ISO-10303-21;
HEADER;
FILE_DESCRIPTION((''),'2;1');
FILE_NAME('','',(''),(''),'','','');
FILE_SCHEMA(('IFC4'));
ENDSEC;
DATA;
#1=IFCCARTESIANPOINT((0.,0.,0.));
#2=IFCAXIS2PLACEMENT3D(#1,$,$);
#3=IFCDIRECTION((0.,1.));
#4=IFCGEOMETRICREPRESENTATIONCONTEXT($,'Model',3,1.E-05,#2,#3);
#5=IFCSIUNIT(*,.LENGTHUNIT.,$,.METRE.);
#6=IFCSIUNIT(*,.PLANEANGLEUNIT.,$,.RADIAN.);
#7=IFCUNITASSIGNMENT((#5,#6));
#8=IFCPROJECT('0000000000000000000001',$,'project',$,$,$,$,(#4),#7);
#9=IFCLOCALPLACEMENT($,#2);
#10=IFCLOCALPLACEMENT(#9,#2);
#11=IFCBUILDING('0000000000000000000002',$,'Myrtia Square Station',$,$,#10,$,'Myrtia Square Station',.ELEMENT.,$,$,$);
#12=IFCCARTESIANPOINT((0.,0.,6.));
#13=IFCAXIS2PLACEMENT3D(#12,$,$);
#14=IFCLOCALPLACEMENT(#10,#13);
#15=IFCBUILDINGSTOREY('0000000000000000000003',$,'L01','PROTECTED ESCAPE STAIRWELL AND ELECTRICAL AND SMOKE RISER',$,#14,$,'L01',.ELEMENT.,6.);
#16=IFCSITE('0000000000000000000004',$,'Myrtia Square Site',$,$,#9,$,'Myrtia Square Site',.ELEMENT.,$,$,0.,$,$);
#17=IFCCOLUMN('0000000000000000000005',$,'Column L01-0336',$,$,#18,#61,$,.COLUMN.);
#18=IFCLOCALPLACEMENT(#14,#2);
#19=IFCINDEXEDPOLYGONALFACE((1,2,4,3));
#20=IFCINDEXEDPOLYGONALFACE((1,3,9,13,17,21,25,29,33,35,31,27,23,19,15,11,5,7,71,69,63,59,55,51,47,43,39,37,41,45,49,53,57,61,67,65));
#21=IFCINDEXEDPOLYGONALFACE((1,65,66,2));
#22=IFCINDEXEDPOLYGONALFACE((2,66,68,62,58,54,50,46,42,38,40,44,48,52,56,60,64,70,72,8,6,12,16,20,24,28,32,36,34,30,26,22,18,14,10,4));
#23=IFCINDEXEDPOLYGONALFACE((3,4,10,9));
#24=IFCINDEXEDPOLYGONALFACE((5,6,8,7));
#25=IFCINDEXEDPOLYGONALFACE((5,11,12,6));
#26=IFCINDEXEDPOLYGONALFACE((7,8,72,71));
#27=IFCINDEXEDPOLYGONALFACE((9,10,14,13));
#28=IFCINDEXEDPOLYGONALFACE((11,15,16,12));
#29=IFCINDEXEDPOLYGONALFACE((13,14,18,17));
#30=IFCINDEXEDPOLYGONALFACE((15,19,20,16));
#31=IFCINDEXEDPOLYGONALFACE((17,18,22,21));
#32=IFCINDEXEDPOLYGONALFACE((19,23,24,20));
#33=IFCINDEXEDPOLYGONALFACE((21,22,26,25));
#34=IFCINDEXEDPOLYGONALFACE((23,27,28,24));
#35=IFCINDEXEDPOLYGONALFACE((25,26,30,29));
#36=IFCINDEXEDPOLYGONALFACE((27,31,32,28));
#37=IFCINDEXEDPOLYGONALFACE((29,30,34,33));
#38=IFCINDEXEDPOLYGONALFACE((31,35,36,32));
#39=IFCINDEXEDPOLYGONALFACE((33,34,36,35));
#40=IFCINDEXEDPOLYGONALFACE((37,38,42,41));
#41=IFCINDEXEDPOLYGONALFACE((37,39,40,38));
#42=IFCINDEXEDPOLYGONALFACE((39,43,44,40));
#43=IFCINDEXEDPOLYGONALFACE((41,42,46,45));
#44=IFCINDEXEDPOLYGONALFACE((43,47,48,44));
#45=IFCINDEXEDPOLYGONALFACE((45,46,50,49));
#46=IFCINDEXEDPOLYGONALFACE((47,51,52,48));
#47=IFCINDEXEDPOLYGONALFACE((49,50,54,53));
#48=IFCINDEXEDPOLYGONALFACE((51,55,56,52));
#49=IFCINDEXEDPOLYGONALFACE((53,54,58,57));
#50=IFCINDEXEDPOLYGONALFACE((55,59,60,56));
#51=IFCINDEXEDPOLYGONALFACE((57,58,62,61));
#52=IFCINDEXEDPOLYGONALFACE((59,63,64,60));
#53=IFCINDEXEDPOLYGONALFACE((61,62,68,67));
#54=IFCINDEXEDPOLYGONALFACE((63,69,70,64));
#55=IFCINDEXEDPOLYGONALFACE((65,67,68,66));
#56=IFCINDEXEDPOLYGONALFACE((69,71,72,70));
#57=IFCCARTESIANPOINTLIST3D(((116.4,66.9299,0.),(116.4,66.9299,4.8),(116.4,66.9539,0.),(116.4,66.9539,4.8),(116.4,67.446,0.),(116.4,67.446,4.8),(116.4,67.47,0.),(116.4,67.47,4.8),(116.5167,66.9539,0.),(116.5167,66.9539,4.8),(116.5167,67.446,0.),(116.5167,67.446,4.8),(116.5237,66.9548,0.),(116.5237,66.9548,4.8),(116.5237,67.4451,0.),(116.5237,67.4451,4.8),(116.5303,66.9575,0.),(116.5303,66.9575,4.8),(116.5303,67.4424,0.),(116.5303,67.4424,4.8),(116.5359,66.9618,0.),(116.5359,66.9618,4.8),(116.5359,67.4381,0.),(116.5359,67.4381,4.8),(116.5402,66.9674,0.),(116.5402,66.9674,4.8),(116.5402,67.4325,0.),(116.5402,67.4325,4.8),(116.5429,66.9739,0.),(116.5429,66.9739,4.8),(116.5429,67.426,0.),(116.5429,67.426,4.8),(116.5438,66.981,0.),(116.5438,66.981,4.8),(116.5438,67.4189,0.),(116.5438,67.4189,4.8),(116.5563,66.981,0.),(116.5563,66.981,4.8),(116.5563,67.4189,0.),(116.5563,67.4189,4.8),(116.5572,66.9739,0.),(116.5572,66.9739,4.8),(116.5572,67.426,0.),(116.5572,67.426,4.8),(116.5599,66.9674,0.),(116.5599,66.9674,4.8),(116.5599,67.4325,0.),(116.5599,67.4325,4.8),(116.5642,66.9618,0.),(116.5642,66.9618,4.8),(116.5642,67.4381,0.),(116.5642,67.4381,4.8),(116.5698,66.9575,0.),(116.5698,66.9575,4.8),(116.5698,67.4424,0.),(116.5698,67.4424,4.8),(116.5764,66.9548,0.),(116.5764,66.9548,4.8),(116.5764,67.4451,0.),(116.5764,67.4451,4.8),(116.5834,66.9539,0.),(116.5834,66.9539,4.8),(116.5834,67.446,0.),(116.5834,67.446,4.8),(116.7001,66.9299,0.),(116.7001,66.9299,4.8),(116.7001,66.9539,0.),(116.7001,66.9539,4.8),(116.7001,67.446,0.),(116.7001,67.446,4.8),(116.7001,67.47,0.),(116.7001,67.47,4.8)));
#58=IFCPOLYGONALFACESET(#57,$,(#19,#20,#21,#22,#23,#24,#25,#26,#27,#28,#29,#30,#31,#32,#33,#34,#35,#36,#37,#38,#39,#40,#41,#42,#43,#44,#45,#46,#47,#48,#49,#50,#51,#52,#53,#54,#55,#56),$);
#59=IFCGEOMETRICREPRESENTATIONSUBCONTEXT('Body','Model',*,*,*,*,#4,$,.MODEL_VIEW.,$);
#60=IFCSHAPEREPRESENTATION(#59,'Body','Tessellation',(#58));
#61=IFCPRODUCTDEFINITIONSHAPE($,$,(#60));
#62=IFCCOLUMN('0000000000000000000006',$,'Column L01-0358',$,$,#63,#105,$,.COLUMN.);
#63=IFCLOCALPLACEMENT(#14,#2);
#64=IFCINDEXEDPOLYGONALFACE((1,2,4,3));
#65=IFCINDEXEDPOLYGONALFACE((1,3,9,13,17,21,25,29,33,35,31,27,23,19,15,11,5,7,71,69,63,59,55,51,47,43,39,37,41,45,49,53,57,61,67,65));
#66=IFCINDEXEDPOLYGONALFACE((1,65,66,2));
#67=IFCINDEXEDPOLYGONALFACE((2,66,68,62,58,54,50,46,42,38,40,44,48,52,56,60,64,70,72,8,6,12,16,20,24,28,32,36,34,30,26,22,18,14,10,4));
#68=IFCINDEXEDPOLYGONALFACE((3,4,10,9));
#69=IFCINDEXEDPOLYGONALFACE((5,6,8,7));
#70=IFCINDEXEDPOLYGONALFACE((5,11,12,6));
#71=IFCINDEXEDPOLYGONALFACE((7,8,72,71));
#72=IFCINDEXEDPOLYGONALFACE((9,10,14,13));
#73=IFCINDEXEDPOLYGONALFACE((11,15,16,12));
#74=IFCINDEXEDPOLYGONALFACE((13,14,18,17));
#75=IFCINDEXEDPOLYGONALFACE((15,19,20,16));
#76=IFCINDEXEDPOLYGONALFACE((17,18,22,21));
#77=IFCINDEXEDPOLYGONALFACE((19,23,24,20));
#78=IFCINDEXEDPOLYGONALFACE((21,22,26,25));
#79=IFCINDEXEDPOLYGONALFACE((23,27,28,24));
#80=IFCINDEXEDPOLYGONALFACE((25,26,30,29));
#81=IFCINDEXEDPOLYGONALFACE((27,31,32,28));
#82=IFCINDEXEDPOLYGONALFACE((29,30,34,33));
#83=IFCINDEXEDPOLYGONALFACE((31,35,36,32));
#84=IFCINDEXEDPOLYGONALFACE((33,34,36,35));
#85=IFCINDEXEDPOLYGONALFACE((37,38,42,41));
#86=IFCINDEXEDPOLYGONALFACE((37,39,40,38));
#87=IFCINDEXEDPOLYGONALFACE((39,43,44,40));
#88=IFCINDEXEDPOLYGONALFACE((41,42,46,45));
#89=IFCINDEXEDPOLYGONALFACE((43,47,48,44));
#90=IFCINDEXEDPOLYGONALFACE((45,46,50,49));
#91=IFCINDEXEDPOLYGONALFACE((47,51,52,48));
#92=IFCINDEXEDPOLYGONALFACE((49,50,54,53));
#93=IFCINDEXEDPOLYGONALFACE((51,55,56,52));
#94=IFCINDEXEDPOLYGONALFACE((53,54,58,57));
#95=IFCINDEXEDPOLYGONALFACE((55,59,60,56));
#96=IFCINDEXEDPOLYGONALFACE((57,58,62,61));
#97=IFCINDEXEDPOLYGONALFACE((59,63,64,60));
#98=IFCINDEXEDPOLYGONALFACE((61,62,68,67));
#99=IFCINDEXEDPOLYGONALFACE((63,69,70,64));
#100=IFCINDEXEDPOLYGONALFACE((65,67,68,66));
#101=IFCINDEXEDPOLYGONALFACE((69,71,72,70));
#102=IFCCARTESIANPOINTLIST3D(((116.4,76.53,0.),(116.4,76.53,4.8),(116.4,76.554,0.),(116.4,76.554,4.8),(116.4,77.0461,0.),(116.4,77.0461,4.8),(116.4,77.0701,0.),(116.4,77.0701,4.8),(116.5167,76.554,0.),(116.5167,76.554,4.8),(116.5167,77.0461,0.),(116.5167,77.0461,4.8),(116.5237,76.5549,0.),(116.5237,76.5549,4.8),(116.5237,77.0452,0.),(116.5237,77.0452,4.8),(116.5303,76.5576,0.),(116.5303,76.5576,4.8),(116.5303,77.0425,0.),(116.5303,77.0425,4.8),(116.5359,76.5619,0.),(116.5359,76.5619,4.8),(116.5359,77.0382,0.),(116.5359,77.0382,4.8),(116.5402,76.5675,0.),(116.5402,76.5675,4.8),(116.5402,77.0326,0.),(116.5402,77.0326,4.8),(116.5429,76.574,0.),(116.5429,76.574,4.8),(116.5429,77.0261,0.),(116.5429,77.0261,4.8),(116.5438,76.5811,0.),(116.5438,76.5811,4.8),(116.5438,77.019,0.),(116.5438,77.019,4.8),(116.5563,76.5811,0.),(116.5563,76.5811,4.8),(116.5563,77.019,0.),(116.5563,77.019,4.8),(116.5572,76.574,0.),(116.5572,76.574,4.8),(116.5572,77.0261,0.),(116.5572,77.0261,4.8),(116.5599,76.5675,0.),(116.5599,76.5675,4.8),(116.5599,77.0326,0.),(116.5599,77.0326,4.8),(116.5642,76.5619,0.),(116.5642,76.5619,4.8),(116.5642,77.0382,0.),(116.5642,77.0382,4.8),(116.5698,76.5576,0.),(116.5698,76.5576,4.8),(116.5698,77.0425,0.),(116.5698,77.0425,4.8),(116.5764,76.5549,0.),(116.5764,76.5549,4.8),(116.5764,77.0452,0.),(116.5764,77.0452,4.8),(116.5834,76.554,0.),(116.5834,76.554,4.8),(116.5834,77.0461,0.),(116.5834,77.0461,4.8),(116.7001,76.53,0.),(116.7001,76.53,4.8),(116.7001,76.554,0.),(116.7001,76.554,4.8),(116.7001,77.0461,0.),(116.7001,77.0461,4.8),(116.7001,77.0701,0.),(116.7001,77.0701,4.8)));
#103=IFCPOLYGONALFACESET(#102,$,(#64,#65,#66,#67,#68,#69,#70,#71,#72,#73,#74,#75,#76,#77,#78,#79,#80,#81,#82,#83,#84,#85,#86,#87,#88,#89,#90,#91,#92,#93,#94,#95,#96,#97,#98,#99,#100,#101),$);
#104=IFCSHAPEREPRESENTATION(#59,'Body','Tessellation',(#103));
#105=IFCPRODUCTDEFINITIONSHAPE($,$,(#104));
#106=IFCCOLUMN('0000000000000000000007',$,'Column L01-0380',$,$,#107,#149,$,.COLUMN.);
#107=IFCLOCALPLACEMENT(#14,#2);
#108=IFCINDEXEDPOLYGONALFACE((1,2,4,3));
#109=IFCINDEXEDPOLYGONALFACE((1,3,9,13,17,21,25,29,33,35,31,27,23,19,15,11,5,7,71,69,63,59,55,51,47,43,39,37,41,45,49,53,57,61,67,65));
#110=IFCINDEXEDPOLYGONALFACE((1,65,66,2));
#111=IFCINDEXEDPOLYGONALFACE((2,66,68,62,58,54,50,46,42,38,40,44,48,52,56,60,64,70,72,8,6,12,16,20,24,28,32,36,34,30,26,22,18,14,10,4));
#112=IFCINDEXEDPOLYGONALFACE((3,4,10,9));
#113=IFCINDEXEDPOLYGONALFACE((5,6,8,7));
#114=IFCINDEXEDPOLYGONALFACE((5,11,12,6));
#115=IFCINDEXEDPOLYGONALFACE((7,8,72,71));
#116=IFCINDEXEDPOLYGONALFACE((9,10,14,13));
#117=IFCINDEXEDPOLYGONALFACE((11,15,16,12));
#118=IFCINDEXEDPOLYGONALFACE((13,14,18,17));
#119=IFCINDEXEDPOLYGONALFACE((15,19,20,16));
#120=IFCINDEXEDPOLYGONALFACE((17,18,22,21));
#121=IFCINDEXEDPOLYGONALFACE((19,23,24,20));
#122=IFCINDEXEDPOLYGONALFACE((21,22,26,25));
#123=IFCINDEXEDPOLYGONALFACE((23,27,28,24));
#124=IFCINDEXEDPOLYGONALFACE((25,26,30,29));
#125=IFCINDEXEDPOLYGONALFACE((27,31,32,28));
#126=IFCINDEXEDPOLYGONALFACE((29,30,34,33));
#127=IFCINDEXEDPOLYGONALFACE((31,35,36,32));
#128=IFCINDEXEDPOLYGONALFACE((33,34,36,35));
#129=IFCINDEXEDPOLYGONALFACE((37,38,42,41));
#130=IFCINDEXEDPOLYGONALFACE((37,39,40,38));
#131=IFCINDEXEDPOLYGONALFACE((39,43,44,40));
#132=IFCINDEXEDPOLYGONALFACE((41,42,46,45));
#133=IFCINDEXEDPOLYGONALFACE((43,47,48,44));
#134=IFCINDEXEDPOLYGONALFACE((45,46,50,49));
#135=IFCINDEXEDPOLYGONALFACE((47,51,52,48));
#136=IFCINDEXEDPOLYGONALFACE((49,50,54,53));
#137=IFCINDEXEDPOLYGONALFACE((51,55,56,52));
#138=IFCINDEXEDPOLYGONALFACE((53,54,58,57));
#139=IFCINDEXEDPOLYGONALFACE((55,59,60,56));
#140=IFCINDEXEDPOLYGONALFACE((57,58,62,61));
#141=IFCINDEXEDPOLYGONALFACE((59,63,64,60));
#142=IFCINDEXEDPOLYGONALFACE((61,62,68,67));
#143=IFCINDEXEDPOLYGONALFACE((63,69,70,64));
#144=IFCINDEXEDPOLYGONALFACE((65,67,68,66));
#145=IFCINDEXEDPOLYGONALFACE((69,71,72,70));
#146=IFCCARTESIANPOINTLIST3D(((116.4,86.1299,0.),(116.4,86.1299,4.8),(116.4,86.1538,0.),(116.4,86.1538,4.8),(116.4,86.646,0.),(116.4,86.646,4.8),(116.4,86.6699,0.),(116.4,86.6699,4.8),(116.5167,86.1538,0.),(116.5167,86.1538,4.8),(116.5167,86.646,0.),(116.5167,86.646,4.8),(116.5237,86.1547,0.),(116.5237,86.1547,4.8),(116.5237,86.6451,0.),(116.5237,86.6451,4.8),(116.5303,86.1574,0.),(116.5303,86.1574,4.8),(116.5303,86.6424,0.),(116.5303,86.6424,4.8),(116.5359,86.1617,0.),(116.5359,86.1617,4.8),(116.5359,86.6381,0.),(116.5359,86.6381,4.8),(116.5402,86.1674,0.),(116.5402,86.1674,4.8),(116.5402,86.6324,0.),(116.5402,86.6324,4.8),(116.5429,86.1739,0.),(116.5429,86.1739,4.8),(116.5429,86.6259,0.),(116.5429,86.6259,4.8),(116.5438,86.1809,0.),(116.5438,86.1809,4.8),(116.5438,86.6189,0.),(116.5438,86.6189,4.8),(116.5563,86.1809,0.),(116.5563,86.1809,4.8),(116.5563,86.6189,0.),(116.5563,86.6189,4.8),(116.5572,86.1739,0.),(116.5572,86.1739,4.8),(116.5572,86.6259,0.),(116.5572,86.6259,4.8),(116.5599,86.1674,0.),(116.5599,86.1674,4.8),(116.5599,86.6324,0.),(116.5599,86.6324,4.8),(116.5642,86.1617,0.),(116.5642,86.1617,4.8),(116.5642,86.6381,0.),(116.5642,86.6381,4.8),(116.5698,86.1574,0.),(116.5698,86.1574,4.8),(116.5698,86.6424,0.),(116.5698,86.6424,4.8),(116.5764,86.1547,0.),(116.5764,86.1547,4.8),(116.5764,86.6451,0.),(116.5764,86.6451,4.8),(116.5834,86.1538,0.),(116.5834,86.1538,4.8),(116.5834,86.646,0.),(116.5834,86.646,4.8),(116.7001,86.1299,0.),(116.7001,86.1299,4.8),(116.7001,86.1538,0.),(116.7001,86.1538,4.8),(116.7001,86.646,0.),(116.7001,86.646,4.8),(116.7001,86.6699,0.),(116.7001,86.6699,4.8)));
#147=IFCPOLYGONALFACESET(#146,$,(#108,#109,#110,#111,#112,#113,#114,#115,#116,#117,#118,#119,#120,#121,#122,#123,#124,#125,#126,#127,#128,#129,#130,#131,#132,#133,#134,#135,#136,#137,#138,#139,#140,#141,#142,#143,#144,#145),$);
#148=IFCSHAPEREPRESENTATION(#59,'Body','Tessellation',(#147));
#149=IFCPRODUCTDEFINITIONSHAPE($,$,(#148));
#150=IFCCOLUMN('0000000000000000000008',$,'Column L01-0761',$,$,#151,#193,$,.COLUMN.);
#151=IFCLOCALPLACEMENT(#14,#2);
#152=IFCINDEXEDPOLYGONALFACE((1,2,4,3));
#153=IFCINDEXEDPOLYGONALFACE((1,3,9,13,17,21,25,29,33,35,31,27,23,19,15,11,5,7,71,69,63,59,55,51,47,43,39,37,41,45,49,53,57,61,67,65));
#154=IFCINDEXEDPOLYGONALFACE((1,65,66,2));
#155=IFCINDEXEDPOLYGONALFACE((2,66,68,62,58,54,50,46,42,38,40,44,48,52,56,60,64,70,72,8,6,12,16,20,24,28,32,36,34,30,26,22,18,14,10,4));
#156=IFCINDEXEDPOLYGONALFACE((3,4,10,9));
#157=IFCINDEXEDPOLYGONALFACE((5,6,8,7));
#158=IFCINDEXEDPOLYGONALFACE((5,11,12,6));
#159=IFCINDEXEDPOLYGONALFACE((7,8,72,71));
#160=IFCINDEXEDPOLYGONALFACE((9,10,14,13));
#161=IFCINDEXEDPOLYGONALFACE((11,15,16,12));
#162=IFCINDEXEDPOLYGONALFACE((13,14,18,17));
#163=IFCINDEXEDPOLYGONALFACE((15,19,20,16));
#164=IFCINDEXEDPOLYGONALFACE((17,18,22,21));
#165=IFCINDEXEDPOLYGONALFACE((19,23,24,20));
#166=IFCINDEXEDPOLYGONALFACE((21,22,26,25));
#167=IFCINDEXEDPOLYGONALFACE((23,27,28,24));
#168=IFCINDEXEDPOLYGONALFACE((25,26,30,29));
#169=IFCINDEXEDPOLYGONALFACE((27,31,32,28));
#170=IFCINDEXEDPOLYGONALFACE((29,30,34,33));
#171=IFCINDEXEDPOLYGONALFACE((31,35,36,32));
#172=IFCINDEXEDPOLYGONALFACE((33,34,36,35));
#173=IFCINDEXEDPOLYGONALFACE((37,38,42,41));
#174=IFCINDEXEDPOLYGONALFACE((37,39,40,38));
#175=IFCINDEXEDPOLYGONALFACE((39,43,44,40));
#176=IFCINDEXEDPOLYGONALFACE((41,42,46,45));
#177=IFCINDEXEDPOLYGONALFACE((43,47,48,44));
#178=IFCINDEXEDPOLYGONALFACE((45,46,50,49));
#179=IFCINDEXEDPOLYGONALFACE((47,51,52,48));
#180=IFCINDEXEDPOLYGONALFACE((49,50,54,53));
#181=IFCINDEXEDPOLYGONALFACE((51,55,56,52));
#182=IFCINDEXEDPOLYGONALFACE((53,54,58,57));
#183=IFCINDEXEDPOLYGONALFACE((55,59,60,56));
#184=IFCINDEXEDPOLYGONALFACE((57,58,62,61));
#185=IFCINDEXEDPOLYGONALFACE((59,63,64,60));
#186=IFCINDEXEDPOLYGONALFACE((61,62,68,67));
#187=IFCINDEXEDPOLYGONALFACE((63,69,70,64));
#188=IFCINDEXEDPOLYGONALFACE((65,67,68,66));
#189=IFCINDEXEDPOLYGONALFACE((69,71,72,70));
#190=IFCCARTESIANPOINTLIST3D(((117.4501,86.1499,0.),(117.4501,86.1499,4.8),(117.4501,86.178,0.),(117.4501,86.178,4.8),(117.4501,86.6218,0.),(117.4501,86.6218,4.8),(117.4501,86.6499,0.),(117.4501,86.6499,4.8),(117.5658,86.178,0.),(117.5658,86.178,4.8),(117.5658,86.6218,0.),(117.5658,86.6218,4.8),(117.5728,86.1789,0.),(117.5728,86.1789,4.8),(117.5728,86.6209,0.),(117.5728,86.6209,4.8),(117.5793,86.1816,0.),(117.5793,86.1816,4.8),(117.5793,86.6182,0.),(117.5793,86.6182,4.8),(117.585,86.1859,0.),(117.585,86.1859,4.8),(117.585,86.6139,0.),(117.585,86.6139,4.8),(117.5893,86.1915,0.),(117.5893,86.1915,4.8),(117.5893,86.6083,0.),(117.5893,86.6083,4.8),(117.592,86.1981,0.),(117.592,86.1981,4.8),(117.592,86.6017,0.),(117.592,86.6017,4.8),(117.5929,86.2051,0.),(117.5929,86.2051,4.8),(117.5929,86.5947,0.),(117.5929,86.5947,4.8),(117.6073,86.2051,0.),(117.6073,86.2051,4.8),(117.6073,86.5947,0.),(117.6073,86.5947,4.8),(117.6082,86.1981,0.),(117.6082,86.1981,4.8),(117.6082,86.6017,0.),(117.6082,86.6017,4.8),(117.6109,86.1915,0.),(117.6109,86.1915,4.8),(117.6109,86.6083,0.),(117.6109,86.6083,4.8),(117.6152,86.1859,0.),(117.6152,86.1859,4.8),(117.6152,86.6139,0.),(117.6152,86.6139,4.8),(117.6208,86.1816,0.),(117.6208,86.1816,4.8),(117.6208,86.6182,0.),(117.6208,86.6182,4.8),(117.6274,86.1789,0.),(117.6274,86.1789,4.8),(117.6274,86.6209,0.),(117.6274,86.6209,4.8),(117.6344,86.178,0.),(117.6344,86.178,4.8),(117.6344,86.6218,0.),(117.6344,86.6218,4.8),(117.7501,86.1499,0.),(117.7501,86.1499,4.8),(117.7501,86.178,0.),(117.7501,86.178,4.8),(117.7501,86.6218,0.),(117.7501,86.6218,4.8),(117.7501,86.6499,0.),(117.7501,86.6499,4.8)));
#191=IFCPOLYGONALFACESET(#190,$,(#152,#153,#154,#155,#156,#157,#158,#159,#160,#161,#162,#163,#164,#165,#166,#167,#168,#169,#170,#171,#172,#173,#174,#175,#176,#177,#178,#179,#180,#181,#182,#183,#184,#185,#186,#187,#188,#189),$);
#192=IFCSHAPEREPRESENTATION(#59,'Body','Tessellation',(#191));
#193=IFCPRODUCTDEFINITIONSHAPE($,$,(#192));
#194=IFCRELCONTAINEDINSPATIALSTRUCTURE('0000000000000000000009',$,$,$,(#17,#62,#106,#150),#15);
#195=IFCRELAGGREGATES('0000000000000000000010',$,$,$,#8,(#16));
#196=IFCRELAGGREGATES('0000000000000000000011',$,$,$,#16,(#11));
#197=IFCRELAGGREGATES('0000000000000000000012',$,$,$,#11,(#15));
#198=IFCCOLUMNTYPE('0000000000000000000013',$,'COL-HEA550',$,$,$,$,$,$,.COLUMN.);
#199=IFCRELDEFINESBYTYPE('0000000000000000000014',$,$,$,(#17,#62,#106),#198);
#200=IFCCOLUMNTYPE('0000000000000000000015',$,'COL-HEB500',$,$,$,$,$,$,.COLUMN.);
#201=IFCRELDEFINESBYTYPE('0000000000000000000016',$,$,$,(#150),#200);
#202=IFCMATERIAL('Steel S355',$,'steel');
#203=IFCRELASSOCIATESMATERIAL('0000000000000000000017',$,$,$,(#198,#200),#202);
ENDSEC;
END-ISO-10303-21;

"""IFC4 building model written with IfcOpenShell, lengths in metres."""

from ifc_helpers import new_model, si_unit, direction, frame, origin, origin_2d, place, context, subcontext, project, spatial, i_section, extrude, material, material_profile, profile_set, type_object, element, save


model = new_model("IFC4")

# Units and contexts
model_context = context("Model", 3, precision=1e-05, world=origin(), true_north=direction((0.0, 1.0)))
body_context = subcontext(model_context, "Body", "Model", "MODEL_VIEW")
ifc_project = project(units=[si_unit("LENGTHUNIT", "METRE"), si_unit("PLANEANGLEUNIT", "RADIAN")], contexts=[model_context])

# Site, building, storey
site_placement = place(None, origin())
site = spatial("IfcSite", under=ifc_project, at=site_placement, Name="Myrtia Square Site", LongName="Myrtia Square Site", CompositionType="ELEMENT", RefElevation=0.0)
building_placement = place(site_placement, origin())
building = spatial("IfcBuilding", under=site, at=building_placement, Name="Myrtia Square Station", LongName="Myrtia Square Station", CompositionType="ELEMENT")
storey_placement = place(building_placement, frame((0.0, 0.0, 6.0)))
storey = spatial("IfcBuildingStorey", under=building, at=storey_placement, Name="L01", Description="PROTECTED ESCAPE STAIRWELL AND ELECTRICAL AND SMOKE RISER", LongName="L01", CompositionType="ELEMENT", Elevation=6.0)

# Columns
ifc_material_1 = material(Name="Steel S355", Category="steel")
ifc_material_profile_1 = material_profile(ifc_material_1, i_section(OverallWidth=0.3, OverallDepth=0.54, WebThickness=0.0125, FlangeThickness=0.0239, FilletRadius=0.0271, at=origin_2d()), Name="HEA 550")
ifc_profile_set_1 = profile_set([ifc_material_profile_1], Name="Steel S355")
column_type_1 = type_object("IfcColumnType", Name="COL-HEA550", PredefinedType="COLUMN", material=ifc_profile_set_1)
for number, where, z_axis, x_axis, name in (
    (1, (116.55, 67.2, 0.0), (0.0, 0.0, 1.0), (1.0, 0.0, 0.0), "Column L01-0336"),
    (2, (116.55, 76.8, 0.0), (0.0, 0.0, 1.0), (1.0, 0.0, 0.0), "Column L01-0358"),
    (3, (116.55, 86.3999, 0.0), (0.0, 0.0, 1.0), (1.0, 0.0, 0.0), "Column L01-0380"),
):
    element("IfcColumn", number, at=place(storey_placement, frame(where, z_axis=z_axis, x_axis=x_axis)), inside=storey, type_object=column_type_1, Name=name, PredefinedType="COLUMN", context=body_context, shape_type="SweptSolid", body=[
        extrude(i_section(OverallWidth=0.3, OverallDepth=0.54, WebThickness=0.0125, FlangeThickness=0.0239, FilletRadius=0.0271, at=origin_2d()), origin(), (0.0, 0.0, 1.0), 4.8),
    ])
ifc_material_profile_2 = material_profile(ifc_material_1, i_section(OverallWidth=0.3, OverallDepth=0.5, WebThickness=0.0144, FlangeThickness=0.0281, FilletRadius=0.0271, at=origin_2d()), Name="HEB 500")
ifc_profile_set_2 = profile_set([ifc_material_profile_2], Name="Steel S355")
column_type_2 = type_object("IfcColumnType", Name="COL-HEB500", PredefinedType="COLUMN", material=ifc_profile_set_2)
for number, where, z_axis, x_axis, name in (
    (4, (117.6001, 86.3999, 0.0), (0.0, 0.0, 1.0), (1.0, 0.0, 0.0), "Column L01-0761"),
):
    element("IfcColumn", number, at=place(storey_placement, frame(where, z_axis=z_axis, x_axis=x_axis)), inside=storey, type_object=column_type_2, Name=name, PredefinedType="COLUMN", context=body_context, shape_type="SweptSolid", body=[
        extrude(i_section(OverallWidth=0.3, OverallDepth=0.5, WebThickness=0.0144, FlangeThickness=0.0281, FilletRadius=0.0271, at=origin_2d()), origin(), (0.0, 0.0, 1.0), 4.8),
    ])

save(model, "model.ifc")
